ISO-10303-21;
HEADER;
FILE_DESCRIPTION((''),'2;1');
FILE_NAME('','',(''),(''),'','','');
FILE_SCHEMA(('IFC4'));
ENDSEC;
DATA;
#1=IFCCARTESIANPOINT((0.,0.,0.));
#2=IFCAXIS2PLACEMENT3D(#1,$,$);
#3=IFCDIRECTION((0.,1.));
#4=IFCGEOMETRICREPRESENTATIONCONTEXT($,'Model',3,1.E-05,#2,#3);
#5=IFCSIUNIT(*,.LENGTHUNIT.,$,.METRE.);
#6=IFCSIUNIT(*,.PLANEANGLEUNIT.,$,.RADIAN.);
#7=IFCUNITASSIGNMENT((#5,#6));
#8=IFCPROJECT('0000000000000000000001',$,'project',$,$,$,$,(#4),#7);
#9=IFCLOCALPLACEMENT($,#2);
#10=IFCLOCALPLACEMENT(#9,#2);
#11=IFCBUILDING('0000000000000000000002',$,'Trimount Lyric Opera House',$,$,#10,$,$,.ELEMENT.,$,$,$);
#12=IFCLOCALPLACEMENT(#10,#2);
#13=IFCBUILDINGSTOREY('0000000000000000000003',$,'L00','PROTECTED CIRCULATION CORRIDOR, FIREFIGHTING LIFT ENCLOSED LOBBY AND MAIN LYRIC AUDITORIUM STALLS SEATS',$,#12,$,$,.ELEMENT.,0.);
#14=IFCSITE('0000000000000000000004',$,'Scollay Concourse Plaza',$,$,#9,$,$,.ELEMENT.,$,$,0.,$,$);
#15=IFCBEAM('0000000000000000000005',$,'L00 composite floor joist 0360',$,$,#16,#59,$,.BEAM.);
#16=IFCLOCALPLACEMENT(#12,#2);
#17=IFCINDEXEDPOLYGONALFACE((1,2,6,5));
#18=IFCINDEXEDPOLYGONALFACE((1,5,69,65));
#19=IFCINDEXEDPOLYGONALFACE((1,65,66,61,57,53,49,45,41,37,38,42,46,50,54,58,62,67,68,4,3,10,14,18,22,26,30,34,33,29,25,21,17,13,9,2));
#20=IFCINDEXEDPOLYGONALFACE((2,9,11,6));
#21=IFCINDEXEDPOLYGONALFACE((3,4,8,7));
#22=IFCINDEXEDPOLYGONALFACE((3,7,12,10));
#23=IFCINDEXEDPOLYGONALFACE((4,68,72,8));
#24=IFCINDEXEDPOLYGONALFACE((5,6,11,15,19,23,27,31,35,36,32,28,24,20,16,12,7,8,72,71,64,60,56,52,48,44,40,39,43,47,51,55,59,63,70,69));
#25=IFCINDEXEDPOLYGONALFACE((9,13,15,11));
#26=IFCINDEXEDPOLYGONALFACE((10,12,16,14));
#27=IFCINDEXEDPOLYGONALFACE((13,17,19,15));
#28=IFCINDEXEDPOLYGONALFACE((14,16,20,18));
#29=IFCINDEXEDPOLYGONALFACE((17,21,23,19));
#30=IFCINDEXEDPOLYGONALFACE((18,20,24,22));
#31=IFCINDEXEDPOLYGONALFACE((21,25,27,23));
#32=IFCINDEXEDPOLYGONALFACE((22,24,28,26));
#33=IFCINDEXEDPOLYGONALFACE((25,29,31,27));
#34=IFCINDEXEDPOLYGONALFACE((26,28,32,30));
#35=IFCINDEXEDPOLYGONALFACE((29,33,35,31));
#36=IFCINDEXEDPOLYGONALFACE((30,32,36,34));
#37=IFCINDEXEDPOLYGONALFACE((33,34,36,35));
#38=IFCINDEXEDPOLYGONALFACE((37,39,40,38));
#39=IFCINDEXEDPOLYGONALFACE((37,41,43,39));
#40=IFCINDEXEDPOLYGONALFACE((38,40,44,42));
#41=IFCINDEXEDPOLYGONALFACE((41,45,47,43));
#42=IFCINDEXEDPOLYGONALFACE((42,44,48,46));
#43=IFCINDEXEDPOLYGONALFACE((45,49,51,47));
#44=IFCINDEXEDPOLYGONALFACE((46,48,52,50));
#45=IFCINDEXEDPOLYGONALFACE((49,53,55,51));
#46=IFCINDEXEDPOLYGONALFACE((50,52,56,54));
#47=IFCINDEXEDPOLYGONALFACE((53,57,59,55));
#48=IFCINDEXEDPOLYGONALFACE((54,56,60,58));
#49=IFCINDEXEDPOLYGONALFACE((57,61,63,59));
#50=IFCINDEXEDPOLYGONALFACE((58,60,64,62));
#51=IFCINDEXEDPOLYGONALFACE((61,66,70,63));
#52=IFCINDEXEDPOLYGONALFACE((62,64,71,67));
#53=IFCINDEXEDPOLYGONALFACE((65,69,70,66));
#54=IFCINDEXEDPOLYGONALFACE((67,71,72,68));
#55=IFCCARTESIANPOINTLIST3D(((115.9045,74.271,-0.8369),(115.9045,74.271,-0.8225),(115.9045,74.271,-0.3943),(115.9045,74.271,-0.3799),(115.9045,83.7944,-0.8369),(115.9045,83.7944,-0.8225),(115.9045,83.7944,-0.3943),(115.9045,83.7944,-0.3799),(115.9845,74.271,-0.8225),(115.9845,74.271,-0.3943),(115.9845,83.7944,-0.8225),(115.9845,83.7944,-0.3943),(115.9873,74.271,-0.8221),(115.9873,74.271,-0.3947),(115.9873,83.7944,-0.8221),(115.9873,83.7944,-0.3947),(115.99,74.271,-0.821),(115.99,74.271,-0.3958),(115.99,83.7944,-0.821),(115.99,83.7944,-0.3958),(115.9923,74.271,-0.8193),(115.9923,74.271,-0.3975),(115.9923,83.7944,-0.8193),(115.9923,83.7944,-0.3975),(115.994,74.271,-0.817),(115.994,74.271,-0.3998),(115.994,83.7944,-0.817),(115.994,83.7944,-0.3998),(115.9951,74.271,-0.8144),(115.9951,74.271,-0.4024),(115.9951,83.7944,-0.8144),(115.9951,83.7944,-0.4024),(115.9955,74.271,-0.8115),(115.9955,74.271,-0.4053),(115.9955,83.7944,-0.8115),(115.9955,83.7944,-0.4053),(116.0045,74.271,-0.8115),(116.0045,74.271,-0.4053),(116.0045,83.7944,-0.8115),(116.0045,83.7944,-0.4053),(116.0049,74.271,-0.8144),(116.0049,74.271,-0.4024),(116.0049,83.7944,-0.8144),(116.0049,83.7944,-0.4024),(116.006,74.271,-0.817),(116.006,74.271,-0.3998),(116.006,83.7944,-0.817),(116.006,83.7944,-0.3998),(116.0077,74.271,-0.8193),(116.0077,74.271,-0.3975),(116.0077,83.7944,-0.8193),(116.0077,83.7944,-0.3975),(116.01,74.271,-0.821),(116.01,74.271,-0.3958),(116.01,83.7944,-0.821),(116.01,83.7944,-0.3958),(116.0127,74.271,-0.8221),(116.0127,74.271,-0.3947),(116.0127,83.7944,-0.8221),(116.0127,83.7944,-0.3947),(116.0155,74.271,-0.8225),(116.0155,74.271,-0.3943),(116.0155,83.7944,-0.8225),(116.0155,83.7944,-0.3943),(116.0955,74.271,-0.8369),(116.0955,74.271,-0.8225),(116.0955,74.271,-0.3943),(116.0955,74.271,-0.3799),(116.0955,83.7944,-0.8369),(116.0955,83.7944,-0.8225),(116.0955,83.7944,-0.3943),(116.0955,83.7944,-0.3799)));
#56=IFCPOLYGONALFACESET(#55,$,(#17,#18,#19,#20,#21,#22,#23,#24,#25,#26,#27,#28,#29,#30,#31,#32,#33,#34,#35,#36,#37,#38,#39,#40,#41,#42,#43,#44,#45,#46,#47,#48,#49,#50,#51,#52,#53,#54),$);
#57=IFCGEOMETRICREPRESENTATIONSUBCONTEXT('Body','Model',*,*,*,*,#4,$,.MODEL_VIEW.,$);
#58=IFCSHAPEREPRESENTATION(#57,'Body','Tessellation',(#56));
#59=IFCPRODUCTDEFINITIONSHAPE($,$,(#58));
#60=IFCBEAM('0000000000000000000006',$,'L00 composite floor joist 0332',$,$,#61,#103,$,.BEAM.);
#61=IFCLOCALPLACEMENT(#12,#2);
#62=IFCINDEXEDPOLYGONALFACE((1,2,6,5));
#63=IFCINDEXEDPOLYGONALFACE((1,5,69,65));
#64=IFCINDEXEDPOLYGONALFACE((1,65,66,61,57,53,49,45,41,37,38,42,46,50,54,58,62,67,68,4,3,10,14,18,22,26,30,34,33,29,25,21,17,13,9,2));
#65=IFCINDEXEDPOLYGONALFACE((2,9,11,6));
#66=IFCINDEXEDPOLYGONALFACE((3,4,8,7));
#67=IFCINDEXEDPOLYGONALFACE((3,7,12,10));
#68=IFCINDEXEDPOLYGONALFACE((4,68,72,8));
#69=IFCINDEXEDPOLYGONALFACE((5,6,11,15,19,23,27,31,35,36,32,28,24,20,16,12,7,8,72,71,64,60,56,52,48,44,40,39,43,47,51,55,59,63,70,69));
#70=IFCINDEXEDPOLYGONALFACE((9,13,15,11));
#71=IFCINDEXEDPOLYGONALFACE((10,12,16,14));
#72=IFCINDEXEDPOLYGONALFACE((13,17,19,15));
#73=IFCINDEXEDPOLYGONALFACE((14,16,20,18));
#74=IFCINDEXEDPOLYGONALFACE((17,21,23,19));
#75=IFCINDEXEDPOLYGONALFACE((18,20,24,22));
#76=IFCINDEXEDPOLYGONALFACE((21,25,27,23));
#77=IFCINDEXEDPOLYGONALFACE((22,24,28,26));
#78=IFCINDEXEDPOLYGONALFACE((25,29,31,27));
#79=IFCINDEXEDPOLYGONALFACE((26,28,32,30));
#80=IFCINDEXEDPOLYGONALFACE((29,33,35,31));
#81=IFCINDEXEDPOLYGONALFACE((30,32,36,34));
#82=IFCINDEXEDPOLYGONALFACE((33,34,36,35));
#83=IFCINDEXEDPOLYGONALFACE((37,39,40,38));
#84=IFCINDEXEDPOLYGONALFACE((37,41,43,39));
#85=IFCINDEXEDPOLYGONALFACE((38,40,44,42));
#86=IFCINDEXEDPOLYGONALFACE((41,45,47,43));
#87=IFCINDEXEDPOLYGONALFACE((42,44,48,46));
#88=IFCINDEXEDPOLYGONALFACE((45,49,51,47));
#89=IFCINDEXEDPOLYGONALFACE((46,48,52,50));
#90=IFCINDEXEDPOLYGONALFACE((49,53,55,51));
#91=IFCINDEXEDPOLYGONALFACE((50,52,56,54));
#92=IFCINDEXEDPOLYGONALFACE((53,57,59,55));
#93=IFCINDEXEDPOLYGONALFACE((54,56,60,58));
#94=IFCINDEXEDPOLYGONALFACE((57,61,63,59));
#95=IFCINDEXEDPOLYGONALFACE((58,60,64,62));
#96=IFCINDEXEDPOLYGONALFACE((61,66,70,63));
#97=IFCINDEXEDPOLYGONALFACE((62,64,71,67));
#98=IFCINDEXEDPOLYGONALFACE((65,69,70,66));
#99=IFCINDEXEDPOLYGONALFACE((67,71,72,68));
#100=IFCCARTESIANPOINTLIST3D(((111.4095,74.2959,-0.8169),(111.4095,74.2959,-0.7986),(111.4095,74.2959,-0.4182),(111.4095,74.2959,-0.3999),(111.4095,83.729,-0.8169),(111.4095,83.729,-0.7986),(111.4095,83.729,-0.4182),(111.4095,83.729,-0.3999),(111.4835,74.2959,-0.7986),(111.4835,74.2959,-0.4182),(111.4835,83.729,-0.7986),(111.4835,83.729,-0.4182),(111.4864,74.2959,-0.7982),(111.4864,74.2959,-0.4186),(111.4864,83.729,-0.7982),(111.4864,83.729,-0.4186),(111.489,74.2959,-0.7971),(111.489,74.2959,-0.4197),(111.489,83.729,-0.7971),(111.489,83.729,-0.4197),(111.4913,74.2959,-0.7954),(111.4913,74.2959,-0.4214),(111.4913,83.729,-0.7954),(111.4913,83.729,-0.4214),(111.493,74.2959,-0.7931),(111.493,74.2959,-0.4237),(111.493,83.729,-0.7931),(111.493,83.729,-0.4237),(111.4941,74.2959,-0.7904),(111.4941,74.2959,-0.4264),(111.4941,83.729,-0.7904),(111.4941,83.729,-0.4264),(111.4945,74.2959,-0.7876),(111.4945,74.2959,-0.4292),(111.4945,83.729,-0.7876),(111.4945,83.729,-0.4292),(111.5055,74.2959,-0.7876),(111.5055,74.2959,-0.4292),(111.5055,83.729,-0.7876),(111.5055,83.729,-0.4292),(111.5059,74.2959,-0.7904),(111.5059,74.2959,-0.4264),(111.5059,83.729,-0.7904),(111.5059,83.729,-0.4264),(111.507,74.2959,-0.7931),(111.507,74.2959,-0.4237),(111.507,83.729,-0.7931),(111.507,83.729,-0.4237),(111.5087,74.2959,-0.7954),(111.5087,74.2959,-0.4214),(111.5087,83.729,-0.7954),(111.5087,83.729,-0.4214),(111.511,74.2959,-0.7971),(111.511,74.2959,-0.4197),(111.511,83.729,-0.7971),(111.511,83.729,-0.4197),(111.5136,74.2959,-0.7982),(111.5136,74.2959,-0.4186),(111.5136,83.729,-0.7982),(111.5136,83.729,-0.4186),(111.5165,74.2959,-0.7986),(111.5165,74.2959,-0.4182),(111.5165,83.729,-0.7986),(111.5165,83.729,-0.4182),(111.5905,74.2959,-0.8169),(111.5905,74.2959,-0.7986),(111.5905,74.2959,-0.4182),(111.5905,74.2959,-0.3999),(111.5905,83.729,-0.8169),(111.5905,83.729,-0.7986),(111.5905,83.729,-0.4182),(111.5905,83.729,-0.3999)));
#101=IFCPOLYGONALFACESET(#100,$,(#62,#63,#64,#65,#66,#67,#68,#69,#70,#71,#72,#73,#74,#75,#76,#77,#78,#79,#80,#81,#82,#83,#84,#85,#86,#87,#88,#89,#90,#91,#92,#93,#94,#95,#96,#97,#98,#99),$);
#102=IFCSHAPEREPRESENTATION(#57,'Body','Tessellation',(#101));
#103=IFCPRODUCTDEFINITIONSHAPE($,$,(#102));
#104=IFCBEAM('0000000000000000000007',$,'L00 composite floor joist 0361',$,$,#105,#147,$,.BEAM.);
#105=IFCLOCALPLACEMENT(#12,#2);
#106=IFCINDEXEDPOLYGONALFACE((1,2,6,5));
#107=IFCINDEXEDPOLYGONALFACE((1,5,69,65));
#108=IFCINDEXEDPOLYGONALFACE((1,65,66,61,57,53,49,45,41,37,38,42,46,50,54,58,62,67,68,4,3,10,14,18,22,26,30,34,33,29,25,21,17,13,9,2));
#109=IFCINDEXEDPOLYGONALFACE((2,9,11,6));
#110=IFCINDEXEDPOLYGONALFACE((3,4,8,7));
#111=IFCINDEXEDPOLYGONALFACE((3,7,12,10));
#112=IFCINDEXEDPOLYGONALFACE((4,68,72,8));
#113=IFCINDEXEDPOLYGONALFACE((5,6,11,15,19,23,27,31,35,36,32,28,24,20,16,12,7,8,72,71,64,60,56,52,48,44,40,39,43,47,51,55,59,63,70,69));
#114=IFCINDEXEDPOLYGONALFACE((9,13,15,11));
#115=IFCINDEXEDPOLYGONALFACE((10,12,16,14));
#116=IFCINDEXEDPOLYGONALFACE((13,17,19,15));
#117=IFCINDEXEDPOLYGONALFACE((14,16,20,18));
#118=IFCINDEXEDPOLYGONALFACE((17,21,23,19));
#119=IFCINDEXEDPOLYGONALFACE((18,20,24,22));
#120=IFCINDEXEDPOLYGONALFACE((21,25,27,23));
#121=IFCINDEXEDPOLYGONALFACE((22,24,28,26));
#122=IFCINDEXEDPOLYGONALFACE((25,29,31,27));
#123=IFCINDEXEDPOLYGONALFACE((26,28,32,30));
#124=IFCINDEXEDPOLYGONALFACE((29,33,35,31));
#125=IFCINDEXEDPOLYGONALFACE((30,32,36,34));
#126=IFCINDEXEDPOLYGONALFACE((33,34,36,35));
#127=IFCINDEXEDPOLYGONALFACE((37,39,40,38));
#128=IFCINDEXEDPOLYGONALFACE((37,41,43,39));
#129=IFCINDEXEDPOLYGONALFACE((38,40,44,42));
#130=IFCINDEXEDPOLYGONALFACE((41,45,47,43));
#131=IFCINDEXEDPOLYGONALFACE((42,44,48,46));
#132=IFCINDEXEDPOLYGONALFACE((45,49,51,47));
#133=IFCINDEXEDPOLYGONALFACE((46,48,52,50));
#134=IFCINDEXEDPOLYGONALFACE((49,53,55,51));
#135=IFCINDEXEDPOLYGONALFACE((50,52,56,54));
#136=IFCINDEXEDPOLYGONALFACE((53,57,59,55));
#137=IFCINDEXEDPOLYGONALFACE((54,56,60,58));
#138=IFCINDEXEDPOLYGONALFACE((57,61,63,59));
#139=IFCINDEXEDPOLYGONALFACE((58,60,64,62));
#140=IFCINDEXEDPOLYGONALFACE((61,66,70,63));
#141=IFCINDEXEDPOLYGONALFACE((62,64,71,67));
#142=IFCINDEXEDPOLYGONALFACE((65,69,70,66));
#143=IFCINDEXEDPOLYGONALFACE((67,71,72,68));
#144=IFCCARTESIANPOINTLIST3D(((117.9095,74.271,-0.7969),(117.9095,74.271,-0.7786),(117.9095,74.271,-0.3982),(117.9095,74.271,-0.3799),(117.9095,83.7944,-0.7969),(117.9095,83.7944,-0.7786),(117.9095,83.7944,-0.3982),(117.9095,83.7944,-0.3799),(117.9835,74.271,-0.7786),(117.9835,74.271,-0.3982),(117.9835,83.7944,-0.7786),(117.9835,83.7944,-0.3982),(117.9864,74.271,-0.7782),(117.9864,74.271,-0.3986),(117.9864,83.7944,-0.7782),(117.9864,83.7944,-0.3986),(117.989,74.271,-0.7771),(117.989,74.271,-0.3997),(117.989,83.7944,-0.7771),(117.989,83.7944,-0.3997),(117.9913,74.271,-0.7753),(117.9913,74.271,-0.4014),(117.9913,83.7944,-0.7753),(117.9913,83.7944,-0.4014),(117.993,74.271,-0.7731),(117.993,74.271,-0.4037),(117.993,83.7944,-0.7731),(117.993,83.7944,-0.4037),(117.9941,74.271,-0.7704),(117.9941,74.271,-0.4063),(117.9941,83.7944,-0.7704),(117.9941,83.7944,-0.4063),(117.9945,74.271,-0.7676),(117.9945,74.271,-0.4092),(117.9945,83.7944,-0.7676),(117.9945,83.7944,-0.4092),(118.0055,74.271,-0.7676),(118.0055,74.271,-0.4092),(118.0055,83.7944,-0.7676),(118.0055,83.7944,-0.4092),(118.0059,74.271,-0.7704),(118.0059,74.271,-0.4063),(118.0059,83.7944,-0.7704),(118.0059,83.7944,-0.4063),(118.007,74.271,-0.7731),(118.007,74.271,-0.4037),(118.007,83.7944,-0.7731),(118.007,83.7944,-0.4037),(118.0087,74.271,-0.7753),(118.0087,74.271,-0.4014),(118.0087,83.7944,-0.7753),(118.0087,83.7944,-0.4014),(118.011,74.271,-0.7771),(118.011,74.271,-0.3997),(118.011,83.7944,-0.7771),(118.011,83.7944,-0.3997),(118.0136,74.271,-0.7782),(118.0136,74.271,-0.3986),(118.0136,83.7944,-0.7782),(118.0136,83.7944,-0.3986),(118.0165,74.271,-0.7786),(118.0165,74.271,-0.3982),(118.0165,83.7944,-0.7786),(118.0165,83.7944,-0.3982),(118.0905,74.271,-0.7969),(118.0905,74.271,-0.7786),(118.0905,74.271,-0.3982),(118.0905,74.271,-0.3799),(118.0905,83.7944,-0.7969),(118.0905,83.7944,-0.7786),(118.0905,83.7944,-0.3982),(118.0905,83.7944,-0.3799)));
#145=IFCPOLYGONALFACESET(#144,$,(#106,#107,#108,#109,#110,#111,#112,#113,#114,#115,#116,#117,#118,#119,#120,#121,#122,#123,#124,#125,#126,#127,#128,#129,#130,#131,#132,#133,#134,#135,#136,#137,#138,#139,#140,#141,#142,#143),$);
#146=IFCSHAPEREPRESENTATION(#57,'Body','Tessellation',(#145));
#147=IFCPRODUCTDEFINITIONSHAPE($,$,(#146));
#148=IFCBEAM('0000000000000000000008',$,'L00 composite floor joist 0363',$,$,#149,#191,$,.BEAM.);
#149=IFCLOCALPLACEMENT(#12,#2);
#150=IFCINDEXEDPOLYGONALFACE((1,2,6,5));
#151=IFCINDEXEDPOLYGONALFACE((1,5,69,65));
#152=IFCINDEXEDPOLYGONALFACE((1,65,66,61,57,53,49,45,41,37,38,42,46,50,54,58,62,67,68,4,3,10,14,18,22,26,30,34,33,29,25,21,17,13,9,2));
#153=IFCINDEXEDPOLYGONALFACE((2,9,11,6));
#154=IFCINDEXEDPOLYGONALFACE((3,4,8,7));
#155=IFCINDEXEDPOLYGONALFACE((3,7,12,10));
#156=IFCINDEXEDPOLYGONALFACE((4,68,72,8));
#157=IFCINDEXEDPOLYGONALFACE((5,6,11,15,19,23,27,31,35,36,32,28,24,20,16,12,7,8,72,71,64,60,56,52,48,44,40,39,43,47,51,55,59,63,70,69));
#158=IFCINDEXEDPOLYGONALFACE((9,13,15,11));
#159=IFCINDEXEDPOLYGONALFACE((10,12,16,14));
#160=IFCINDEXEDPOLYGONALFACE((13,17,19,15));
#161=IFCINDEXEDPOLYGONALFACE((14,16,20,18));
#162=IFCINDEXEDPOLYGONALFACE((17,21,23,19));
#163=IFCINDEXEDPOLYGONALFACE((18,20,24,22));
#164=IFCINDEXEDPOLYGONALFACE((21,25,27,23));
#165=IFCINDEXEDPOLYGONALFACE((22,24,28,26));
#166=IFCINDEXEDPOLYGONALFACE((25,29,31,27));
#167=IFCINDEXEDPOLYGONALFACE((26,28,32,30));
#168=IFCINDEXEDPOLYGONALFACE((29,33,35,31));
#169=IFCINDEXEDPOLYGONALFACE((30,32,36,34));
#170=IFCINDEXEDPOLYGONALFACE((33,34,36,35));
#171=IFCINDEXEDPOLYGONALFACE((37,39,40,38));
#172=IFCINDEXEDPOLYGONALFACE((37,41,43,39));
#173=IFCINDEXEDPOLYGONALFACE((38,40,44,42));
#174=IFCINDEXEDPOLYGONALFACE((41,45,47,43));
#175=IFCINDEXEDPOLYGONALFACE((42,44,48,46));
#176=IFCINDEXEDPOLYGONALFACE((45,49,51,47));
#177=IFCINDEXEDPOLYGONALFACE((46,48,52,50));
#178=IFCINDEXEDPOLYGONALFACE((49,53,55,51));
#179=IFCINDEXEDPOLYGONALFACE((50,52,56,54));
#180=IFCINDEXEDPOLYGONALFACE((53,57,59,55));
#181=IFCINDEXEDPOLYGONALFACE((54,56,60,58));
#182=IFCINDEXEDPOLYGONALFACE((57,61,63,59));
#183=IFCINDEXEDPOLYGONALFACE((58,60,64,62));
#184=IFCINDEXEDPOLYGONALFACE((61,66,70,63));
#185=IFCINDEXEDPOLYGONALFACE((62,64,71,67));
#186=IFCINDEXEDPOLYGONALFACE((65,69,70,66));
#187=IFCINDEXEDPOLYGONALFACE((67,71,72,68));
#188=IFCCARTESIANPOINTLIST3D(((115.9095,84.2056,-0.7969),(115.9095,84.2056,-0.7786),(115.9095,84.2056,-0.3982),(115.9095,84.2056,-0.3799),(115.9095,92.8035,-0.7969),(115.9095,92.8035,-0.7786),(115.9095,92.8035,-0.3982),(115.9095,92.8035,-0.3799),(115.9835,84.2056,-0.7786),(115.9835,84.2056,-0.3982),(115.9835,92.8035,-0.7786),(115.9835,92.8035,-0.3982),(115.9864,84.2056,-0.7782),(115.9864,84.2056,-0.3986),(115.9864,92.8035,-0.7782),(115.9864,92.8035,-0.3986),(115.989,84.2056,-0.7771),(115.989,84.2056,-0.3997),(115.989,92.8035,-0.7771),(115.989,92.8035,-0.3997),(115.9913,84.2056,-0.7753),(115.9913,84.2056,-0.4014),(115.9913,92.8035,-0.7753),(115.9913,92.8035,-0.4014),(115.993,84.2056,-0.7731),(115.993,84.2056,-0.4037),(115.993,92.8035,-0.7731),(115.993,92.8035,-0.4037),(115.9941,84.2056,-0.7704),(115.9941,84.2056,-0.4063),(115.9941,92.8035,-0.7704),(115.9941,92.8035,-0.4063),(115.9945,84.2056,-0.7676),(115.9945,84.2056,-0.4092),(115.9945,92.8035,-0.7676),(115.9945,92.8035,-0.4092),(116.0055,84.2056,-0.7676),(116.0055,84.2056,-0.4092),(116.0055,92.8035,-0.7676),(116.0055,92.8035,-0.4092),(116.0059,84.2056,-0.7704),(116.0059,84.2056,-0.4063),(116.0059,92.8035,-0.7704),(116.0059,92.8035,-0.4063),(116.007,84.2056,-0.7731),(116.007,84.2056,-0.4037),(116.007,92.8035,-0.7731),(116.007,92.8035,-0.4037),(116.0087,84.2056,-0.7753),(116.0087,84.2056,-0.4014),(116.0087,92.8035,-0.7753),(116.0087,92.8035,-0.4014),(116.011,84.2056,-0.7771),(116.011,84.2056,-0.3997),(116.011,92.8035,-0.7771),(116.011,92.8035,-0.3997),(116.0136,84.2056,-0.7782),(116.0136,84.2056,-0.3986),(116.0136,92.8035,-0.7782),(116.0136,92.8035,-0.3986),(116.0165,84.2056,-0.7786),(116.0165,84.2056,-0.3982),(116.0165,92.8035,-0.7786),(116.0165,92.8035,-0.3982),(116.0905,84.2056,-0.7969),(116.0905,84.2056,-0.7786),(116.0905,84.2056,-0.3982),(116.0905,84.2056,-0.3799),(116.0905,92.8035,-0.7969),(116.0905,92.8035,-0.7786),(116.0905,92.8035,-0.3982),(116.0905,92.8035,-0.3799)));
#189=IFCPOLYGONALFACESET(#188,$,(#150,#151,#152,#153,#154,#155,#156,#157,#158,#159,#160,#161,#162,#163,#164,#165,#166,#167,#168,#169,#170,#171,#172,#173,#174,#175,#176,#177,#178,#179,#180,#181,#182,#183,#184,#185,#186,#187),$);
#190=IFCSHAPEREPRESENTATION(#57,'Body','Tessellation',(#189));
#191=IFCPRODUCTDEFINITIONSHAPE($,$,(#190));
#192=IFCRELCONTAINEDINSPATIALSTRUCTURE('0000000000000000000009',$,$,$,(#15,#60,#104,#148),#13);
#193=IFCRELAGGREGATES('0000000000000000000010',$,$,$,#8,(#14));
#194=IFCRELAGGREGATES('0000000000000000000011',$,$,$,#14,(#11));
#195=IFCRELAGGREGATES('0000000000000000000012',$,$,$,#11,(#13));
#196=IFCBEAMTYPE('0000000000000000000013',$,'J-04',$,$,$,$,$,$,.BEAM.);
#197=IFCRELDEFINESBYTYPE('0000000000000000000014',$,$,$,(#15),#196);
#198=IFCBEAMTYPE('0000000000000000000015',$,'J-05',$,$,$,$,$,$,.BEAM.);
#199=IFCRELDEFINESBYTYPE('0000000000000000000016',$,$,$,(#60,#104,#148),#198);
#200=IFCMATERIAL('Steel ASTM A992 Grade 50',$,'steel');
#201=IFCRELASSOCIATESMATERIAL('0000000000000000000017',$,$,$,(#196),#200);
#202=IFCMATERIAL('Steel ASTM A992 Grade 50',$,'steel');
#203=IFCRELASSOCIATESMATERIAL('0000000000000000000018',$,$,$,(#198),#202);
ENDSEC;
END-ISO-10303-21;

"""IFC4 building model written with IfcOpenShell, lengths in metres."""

from ifc_helpers import new_model, si_unit, direction, frame, origin, origin_2d, place, context, subcontext, project, spatial, i_section, extrude, material, material_profile, profile_set, type_object, element, save


model = new_model("IFC4")

# Units and contexts
model_context = context("Model", 3, precision=1e-05, world=origin(), true_north=direction((0.0, 1.0)))
body_context = subcontext(model_context, "Body", "Model", "MODEL_VIEW")
ifc_project = project(units=[si_unit("LENGTHUNIT", "METRE"), si_unit("PLANEANGLEUNIT", "RADIAN")], contexts=[model_context])

# Site, building, storey
site_placement = place(None, origin())
site = spatial("IfcSite", under=ifc_project, at=site_placement, Name="Scollay Concourse Plaza", CompositionType="ELEMENT", RefElevation=0.0)
building_placement = place(site_placement, origin())
building = spatial("IfcBuilding", under=site, at=building_placement, Name="Trimount Lyric Opera House", CompositionType="ELEMENT")
storey_placement = place(building_placement, origin())
storey = spatial("IfcBuildingStorey", under=building, at=storey_placement, Name="L00", Description="PROTECTED CIRCULATION CORRIDOR, FIREFIGHTING LIFT ENCLOSED LOBBY AND MAIN LYRIC AUDITORIUM STALLS SEATS", CompositionType="ELEMENT", Elevation=0.0)

# Beams
ifc_material_1 = material(Name="Steel ASTM A992 Grade 50", Category="steel")
ifc_material_profile_1 = material_profile(ifc_material_1, i_section(OverallWidth=0.1909, OverallDepth=0.457, WebThickness=0.009, FlangeThickness=0.0144, FilletRadius=0.011, at=origin_2d()), Name="W18X50")
ifc_profile_set_1 = profile_set([ifc_material_profile_1], Name="Steel ASTM A992 Grade 50")
beam_type_1 = type_object("IfcBeamType", Name="J-04", PredefinedType="BEAM", material=ifc_profile_set_1)
beam_1_placement = place(storey_placement, frame((116.0, 74.271, -0.6084), z_axis=(0.0, 1.0, 0.0), x_axis=(-1.0, 0.0, 0.0)))
element("IfcBeam", 1, at=beam_1_placement, inside=storey, type_object=beam_type_1, Name="L00 composite floor joist 0360", PredefinedType="BEAM", context=body_context, shape_type="SweptSolid", body=[
    extrude(i_section(OverallWidth=0.1909, OverallDepth=0.457, WebThickness=0.009, FlangeThickness=0.0144, FilletRadius=0.011, at=origin_2d()), origin(), (0.0, 0.0, 1.0), 9.5234),
])
ifc_material_2 = material(Name="Steel ASTM A992 Grade 50", Category="steel")
ifc_material_profile_2 = material_profile(ifc_material_2, i_section(OverallWidth=0.1809, OverallDepth=0.417, WebThickness=0.011, FlangeThickness=0.0183, FilletRadius=0.011, at=origin_2d()), Name="W16X57")
ifc_profile_set_2 = profile_set([ifc_material_profile_2], Name="Steel ASTM A992 Grade 50")
beam_type_2 = type_object("IfcBeamType", Name="J-05", PredefinedType="BEAM", material=ifc_profile_set_2)
beam_2_placement = place(storey_placement, frame((111.5, 74.2959, -0.6084), z_axis=(0.0, 1.0, 0.0), x_axis=(-1.0, 0.0, 0.0)))
element("IfcBeam", 2, at=beam_2_placement, inside=storey, type_object=beam_type_2, Name="L00 composite floor joist 0332", PredefinedType="BEAM", context=body_context, shape_type="SweptSolid", body=[
    extrude(i_section(OverallWidth=0.1809, OverallDepth=0.417, WebThickness=0.011, FlangeThickness=0.0183, FilletRadius=0.011, at=origin_2d()), origin(), (0.0, 0.0, 1.0), 9.4331),
])
beam_3_placement = place(storey_placement, frame((118.0, 74.271, -0.5884), z_axis=(0.0, 1.0, 0.0), x_axis=(-1.0, 0.0, 0.0)))
element("IfcBeam", 3, at=beam_3_placement, inside=storey, type_object=beam_type_2, Name="L00 composite floor joist 0361", PredefinedType="BEAM", context=body_context, shape_type="SweptSolid", body=[
    extrude(i_section(OverallWidth=0.1809, OverallDepth=0.417, WebThickness=0.011, FlangeThickness=0.0183, FilletRadius=0.011, at=origin_2d()), origin(), (0.0, 0.0, 1.0), 9.5234),
])
beam_4_placement = place(storey_placement, frame((116.0, 84.2056, -0.5884), z_axis=(0.0, 1.0, 0.0), x_axis=(-1.0, 0.0, 0.0)))
element("IfcBeam", 4, at=beam_4_placement, inside=storey, type_object=beam_type_2, Name="L00 composite floor joist 0363", PredefinedType="BEAM", context=body_context, shape_type="SweptSolid", body=[
    extrude(i_section(OverallWidth=0.1809, OverallDepth=0.417, WebThickness=0.011, FlangeThickness=0.0183, FilletRadius=0.011, at=origin_2d()), origin(), (0.0, 0.0, 1.0), 8.5979),
])

save(model, "model.ifc")
